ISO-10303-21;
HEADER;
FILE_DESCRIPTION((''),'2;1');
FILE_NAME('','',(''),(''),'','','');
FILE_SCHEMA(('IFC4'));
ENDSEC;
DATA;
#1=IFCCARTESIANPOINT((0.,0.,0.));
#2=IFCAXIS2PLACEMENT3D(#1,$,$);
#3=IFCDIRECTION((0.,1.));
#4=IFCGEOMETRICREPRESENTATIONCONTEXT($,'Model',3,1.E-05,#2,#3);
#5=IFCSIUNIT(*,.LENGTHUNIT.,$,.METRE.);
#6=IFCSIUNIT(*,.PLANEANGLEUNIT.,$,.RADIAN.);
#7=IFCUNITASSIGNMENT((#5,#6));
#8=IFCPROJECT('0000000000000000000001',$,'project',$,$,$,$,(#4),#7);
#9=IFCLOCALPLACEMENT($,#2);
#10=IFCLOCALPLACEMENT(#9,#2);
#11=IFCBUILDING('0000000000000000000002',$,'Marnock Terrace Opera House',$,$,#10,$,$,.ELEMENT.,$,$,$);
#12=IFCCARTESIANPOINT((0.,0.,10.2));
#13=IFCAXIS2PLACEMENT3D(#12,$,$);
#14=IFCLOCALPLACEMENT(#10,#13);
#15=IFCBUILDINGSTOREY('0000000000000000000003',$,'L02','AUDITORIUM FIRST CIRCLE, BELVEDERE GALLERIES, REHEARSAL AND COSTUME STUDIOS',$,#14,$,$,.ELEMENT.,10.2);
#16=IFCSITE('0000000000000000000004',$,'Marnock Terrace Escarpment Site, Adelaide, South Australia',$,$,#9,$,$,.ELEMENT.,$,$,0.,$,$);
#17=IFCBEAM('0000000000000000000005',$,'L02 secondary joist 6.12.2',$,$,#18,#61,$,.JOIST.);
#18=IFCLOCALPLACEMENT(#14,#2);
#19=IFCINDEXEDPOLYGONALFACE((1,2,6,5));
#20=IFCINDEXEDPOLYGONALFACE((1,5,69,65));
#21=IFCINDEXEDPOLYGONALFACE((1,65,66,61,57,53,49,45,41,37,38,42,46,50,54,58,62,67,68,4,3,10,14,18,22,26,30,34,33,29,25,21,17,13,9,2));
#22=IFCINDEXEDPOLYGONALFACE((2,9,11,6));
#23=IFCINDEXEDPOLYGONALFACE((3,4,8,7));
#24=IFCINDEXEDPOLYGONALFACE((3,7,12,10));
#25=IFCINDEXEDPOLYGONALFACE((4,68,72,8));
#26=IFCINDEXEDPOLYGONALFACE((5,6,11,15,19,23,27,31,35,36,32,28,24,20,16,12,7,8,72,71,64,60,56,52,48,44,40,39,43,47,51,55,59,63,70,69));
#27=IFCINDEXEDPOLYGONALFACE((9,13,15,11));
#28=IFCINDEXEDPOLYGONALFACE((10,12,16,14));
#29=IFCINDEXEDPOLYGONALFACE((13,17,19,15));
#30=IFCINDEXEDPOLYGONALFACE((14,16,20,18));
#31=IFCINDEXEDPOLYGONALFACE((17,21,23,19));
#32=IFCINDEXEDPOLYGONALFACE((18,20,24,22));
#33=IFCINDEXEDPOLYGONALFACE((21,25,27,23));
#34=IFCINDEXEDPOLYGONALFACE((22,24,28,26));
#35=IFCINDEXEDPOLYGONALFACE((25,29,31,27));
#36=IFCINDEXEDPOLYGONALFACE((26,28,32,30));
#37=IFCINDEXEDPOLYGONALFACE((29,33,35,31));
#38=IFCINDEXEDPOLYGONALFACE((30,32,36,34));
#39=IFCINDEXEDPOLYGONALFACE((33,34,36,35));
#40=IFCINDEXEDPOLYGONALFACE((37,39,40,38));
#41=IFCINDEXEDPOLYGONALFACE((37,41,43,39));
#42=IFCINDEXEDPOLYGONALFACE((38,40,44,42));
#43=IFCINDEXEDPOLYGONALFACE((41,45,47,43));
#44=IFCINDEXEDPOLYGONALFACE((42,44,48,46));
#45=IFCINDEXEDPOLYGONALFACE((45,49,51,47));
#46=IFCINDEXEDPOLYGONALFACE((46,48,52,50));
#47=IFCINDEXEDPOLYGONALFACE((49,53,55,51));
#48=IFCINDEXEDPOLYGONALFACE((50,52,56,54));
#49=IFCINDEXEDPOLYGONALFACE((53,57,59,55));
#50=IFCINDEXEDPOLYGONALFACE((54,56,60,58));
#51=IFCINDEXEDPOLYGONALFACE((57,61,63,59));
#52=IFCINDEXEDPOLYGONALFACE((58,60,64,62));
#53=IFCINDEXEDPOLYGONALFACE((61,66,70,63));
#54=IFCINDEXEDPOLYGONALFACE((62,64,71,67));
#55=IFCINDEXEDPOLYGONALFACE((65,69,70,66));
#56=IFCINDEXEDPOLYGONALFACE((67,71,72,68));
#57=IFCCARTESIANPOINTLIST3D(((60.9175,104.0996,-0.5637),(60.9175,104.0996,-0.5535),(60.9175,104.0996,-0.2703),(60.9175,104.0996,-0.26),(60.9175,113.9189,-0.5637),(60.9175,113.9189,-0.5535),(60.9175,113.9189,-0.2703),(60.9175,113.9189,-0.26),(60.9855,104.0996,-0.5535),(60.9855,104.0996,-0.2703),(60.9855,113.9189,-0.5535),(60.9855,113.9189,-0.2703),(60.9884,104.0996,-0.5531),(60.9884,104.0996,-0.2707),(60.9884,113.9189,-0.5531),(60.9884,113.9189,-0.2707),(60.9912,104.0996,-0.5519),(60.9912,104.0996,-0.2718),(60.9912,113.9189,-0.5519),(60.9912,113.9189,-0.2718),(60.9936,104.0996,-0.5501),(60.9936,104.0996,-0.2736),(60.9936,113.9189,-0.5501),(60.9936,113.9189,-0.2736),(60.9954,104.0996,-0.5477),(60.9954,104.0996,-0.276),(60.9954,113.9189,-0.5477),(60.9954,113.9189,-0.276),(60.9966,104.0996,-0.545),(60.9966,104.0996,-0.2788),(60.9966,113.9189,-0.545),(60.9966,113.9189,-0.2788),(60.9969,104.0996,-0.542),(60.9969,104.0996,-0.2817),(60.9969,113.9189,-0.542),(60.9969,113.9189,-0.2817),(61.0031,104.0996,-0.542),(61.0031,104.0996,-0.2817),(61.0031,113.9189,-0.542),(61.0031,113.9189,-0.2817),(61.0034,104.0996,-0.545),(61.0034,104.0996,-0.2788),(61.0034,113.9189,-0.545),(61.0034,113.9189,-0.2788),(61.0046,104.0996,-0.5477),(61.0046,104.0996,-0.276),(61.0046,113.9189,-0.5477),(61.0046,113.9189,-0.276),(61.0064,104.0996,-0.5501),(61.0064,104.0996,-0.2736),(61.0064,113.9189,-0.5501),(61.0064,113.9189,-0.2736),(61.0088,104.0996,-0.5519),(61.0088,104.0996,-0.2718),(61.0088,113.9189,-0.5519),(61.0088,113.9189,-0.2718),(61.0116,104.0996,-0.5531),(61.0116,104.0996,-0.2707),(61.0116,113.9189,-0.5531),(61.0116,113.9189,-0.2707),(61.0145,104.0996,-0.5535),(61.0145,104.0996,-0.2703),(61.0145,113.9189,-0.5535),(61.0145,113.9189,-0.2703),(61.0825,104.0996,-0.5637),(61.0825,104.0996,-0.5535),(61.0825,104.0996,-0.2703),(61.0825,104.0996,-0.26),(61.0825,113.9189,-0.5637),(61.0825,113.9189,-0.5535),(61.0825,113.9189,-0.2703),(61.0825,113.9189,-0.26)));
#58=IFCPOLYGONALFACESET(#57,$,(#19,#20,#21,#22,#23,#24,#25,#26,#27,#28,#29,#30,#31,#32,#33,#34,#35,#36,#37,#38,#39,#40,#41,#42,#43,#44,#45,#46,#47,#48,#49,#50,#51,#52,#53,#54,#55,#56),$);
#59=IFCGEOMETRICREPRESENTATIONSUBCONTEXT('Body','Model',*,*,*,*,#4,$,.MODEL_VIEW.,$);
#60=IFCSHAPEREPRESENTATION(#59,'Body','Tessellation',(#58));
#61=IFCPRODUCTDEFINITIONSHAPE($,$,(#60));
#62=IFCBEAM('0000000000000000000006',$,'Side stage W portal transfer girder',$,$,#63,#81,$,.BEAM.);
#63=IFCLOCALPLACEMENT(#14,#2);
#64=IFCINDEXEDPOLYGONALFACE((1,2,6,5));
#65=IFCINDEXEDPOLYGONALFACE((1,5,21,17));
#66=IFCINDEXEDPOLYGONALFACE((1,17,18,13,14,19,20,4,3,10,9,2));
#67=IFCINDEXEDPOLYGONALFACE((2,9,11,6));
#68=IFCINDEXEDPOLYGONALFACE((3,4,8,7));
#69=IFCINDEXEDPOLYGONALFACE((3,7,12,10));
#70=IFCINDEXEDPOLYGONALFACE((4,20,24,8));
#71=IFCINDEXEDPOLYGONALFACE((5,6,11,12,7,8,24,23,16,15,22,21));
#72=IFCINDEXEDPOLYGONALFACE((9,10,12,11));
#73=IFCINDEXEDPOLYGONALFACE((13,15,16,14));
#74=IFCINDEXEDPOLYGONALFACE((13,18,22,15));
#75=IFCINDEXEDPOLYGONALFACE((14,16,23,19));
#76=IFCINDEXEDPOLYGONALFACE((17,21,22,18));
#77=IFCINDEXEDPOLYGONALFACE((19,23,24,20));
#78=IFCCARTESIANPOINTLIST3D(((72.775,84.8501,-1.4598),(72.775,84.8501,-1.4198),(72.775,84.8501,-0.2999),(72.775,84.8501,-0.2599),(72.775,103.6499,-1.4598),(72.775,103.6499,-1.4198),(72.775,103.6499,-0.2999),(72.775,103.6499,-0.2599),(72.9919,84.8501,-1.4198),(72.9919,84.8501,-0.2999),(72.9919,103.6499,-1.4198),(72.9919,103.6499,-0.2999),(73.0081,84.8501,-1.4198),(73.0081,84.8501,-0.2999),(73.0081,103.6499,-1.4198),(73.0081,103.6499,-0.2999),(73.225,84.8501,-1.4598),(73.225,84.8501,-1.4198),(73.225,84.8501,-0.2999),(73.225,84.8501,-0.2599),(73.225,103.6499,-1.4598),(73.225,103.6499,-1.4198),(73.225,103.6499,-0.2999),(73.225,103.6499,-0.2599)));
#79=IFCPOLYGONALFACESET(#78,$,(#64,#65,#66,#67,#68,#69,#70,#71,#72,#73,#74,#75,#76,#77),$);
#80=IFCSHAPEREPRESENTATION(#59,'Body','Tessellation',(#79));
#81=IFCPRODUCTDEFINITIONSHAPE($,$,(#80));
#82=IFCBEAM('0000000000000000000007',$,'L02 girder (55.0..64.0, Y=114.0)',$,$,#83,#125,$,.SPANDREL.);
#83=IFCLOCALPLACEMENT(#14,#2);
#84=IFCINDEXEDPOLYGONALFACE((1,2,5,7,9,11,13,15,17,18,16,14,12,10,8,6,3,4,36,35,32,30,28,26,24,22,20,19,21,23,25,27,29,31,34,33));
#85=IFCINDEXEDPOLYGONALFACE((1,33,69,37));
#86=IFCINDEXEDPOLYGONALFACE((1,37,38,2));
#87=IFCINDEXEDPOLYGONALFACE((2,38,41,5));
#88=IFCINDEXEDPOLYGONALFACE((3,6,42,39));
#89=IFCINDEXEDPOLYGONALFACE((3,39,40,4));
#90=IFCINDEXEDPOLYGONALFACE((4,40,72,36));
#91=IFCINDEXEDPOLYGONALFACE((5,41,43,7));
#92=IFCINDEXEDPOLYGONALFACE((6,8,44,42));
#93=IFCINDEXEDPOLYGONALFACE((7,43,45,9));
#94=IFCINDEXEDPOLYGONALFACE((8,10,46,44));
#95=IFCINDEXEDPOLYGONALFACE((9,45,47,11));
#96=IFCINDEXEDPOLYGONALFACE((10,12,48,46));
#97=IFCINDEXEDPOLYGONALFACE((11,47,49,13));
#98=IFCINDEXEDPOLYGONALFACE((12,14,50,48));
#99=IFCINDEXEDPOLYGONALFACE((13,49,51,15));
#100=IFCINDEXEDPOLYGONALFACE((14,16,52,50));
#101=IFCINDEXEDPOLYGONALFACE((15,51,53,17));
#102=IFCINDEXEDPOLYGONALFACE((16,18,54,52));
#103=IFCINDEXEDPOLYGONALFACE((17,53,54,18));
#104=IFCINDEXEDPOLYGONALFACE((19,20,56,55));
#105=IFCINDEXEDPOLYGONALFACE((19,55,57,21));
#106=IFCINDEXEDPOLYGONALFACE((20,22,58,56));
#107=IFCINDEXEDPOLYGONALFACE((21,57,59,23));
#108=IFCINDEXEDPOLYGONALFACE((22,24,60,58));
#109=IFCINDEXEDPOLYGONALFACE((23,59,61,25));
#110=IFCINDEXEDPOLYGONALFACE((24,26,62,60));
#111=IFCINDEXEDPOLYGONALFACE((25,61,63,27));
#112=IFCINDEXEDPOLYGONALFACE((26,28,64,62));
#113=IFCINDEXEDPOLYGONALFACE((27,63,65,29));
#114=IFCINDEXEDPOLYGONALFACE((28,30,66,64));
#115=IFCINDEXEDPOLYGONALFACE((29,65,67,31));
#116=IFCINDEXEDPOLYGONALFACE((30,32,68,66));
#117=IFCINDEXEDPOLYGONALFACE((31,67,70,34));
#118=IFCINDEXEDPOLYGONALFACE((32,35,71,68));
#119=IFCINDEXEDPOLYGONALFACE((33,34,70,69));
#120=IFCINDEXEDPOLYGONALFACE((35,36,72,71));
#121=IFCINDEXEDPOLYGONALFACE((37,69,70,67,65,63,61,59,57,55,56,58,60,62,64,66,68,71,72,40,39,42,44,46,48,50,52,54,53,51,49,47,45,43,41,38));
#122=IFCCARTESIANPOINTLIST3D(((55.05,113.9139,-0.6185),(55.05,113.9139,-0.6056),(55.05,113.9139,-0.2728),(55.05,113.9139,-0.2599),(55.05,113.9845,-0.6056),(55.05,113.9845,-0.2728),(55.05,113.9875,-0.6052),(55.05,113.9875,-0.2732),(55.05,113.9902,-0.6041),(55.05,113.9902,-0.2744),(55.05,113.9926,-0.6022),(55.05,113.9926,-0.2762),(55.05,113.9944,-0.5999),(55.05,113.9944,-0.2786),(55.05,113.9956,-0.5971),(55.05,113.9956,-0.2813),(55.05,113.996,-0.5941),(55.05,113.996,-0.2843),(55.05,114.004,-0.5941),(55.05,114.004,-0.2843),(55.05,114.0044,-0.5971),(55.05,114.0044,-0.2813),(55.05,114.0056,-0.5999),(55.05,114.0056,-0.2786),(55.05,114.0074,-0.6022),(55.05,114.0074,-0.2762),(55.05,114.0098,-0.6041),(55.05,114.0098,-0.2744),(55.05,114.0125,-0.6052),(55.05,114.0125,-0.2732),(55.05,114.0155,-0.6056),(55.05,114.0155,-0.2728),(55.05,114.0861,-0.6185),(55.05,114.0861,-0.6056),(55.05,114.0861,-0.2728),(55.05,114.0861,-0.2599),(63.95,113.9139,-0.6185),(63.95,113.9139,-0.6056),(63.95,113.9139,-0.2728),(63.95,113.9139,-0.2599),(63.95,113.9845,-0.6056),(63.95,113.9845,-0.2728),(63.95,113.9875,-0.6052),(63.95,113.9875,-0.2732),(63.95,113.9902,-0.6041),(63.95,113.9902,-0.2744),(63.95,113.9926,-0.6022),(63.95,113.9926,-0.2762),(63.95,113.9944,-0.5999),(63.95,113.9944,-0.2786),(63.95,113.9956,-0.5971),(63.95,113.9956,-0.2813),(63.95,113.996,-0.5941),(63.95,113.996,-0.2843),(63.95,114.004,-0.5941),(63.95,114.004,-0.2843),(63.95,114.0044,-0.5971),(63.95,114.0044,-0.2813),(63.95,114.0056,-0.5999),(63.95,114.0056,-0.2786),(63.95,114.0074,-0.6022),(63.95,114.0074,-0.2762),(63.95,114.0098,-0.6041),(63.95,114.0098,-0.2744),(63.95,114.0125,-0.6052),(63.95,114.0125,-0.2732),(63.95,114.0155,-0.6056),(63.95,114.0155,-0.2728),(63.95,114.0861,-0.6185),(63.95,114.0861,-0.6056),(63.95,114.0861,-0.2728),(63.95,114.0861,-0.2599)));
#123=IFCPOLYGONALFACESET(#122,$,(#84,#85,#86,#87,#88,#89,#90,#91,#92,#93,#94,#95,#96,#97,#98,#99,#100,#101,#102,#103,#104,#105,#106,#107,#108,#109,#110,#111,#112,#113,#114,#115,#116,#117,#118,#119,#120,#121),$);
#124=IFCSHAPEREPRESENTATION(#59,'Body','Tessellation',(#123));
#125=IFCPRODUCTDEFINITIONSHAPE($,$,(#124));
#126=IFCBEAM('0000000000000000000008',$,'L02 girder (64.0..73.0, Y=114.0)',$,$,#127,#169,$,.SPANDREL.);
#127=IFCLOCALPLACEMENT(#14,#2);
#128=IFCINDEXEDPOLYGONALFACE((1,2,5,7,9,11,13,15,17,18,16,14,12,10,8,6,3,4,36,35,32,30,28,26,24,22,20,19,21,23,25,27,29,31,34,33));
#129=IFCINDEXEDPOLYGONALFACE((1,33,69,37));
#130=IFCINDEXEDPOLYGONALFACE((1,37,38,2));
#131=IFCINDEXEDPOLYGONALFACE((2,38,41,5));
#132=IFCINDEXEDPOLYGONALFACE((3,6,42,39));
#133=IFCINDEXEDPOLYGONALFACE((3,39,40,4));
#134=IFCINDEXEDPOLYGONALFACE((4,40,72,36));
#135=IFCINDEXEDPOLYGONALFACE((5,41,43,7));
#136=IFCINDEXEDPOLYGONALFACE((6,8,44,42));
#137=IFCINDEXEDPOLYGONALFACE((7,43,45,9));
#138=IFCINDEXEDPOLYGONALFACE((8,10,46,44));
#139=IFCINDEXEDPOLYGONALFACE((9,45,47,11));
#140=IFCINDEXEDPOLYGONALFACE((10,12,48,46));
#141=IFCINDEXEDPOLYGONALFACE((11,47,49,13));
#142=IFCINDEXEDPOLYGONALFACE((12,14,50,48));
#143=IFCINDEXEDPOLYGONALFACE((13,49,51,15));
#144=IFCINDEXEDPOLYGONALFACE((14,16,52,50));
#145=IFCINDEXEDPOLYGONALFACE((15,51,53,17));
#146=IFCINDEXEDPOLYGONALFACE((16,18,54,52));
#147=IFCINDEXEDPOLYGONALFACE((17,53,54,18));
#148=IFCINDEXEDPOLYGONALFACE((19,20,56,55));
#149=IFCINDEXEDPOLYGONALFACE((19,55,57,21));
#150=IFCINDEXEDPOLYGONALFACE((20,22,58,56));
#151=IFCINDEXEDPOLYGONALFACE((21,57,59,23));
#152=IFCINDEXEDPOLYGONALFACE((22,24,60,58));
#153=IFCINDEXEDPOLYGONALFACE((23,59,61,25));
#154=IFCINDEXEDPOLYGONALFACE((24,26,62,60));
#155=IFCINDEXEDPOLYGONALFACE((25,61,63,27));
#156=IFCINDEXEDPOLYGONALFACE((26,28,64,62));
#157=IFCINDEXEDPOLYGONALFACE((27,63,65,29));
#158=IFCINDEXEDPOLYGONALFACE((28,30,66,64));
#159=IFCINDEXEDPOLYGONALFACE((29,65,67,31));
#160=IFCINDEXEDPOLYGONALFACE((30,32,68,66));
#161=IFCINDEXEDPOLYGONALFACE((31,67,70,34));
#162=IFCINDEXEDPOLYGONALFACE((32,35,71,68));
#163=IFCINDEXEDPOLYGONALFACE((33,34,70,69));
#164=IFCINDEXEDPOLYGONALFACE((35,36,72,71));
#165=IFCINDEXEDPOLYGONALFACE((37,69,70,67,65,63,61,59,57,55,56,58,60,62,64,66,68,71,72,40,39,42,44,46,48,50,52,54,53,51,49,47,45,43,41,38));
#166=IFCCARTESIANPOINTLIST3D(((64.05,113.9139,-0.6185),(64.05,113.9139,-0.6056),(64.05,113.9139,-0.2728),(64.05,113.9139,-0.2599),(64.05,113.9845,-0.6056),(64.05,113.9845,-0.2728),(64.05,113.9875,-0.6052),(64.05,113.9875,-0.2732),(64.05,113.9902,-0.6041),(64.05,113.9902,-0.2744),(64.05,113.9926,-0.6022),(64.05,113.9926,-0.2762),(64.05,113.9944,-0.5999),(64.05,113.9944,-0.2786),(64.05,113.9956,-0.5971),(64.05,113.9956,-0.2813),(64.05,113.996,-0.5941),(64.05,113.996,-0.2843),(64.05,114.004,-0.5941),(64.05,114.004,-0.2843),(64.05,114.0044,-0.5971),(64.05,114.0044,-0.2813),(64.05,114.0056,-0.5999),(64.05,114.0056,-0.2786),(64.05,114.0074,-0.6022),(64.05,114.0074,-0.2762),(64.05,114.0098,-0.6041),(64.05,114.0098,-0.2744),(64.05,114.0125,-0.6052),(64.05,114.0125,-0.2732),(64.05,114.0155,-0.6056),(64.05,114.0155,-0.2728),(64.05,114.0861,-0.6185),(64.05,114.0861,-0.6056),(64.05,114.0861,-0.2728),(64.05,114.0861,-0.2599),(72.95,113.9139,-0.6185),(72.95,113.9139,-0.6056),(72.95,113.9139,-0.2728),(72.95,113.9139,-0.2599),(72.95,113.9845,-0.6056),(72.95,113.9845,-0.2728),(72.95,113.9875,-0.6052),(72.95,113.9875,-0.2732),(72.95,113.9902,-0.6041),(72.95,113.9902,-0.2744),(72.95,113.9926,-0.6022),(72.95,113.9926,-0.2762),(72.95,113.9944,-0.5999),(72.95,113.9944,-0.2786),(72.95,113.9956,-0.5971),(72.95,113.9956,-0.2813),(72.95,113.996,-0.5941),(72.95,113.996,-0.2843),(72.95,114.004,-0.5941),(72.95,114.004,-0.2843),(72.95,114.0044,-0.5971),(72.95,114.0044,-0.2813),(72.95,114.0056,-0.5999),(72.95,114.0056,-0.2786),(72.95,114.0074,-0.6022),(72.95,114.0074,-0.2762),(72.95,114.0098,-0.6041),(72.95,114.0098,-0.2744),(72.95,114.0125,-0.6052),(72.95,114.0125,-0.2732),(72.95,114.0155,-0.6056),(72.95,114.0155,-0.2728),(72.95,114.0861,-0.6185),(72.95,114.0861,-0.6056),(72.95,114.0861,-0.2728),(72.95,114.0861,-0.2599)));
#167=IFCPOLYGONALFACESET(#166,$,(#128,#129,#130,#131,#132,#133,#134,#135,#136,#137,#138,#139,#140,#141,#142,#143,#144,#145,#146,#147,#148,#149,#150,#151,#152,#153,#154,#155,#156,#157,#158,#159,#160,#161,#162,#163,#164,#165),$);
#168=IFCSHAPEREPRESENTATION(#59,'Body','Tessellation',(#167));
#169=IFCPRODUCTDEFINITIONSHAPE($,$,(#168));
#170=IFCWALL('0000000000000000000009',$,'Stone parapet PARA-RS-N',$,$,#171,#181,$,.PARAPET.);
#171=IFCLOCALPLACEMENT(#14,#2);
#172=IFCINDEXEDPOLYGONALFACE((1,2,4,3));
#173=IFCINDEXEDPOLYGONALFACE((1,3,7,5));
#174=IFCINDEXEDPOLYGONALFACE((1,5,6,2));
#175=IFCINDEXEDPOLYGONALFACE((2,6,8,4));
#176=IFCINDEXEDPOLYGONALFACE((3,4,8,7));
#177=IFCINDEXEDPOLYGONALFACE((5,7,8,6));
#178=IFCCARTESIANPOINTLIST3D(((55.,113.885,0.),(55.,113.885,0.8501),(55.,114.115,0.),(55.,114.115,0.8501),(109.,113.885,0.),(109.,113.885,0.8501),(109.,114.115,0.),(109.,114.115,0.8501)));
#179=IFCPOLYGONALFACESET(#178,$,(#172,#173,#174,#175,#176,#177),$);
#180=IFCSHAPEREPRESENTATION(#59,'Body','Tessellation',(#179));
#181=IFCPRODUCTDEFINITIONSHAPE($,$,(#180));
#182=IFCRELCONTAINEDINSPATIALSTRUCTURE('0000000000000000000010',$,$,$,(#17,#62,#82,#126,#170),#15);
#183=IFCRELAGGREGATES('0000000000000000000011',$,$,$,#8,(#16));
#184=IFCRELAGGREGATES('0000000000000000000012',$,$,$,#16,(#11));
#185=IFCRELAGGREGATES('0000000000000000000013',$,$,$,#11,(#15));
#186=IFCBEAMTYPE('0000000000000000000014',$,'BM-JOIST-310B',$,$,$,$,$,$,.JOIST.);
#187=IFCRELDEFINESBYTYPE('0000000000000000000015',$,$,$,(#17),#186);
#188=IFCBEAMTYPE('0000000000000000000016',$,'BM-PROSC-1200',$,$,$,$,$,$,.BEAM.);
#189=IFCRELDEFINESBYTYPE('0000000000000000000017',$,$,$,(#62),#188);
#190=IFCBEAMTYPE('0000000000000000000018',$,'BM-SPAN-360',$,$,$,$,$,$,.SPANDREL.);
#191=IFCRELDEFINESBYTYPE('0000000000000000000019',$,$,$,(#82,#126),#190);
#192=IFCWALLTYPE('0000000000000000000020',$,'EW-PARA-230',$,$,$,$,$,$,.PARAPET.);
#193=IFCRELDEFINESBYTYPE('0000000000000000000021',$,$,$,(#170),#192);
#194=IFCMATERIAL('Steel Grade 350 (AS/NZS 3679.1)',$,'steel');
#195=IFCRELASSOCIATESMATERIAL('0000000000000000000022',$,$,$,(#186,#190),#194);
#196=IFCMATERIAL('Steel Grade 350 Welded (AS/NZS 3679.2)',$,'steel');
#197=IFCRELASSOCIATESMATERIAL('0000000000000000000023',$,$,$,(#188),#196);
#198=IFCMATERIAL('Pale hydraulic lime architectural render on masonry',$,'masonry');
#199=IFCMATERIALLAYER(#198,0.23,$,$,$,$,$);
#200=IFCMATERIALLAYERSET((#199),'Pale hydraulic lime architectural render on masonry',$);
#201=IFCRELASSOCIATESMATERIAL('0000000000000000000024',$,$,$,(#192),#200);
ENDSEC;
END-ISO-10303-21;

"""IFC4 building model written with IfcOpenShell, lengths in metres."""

from ifc_helpers import new_model, si_unit, direction, frame, frame_2d, origin, origin_2d, place, context, subcontext, project, spatial, rectangle, i_section, extrude, material, layer, layer_set, material_profile, profile_set, type_object, element, save


model = new_model("IFC4")

# Units and contexts
model_context = context("Model", 3, precision=1e-05, world=origin(), true_north=direction((0.0, 1.0)))
body_context = subcontext(model_context, "Body", "Model", "MODEL_VIEW")
ifc_project = project(units=[si_unit("LENGTHUNIT", "METRE"), si_unit("PLANEANGLEUNIT", "RADIAN")], contexts=[model_context])

# Site, building, storey
site_placement = place(None, origin())
site = spatial("IfcSite", under=ifc_project, at=site_placement, Name="Marnock Terrace Escarpment Site, Adelaide, South Australia", CompositionType="ELEMENT", RefElevation=0.0)
building_placement = place(site_placement, origin())
building = spatial("IfcBuilding", under=site, at=building_placement, Name="Marnock Terrace Opera House", CompositionType="ELEMENT")
storey_placement = place(building_placement, frame((0.0, 0.0, 10.2)))
storey = spatial("IfcBuildingStorey", under=building, at=storey_placement, Name="L02", Description="AUDITORIUM FIRST CIRCLE, BELVEDERE GALLERIES, REHEARSAL AND COSTUME STUDIOS", CompositionType="ELEMENT", Elevation=10.2)

# Beams
ifc_material_1 = material(Name="Steel Grade 350 (AS/NZS 3679.1)", Category="steel")
ifc_material_profile_1 = material_profile(ifc_material_1, i_section(OverallWidth=0.165, OverallDepth=0.3037, WebThickness=0.0061, FlangeThickness=0.0103, FilletRadius=0.0115, at=origin_2d()))
ifc_profile_set_1 = profile_set([ifc_material_profile_1], Name="Steel Grade 350 (AS/NZS 3679.1)")
beam_type_1 = type_object("IfcBeamType", Name="BM-JOIST-310B", PredefinedType="JOIST", material=ifc_profile_set_1)
for number, where, z_axis, x_axis, name in (
    (1, (61.0, 104.0996, -0.4119), (0.0, 1.0, 0.0), (-1.0, 0.0, 0.0), "L02 secondary joist 6.12.2"),
):
    element("IfcBeam", number, at=place(storey_placement, frame(where, z_axis=z_axis, x_axis=x_axis)), inside=storey, type_object=beam_type_1, Name=name, PredefinedType="JOIST", context=body_context, shape_type="SweptSolid", body=[
        extrude(i_section(OverallWidth=0.165, OverallDepth=0.3037, WebThickness=0.0061, FlangeThickness=0.0103, FilletRadius=0.0115, at=origin_2d()), origin(), (0.0, 0.0, 1.0), 9.8193),
    ])
ifc_material_2 = material(Name="Steel Grade 350 Welded (AS/NZS 3679.2)", Category="steel")
ifc_material_profile_2 = material_profile(ifc_material_2, i_section(OverallWidth=0.45, OverallDepth=1.2, WebThickness=0.0161, FlangeThickness=0.04, at=origin_2d()))
ifc_profile_set_2 = profile_set([ifc_material_profile_2], Name="Steel Grade 350 Welded (AS/NZS 3679.2)")
beam_type_2 = type_object("IfcBeamType", Name="BM-PROSC-1200", PredefinedType="BEAM", material=ifc_profile_set_2)
beam_1_placement = place(storey_placement, frame((73.0, 84.8501, -0.8599), z_axis=(0.0, 1.0, 0.0), x_axis=(-1.0, 0.0, 0.0)))
element("IfcBeam", 2, at=beam_1_placement, inside=storey, type_object=beam_type_2, Name="Side stage W portal transfer girder", PredefinedType="BEAM", context=body_context, shape_type="SweptSolid", body=[
    extrude(i_section(OverallWidth=0.45, OverallDepth=1.2, WebThickness=0.0161, FlangeThickness=0.04, at=origin_2d()), origin(), (0.0, 0.0, 1.0), 18.7998),
])
ifc_material_profile_3 = material_profile(ifc_material_1, i_section(OverallWidth=0.1721, OverallDepth=0.3586, WebThickness=0.0081, FlangeThickness=0.0129, FilletRadius=0.0115, at=origin_2d()))
ifc_profile_set_3 = profile_set([ifc_material_profile_3], Name="Steel Grade 350 (AS/NZS 3679.1)")
beam_type_3 = type_object("IfcBeamType", Name="BM-SPAN-360", PredefinedType="SPANDREL", material=ifc_profile_set_3)
for number, where, z_axis, x_axis, name in (
    (3, (55.05, 114.0, -0.4392), (1.0, 0.0, 0.0), (0.0, 1.0, 0.0), "L02 girder (55.0..64.0, Y=114.0)"),
    (4, (64.05, 114.0, -0.4392), (1.0, 0.0, 0.0), (0.0, 1.0, 0.0), "L02 girder (64.0..73.0, Y=114.0)"),
):
    element("IfcBeam", number, at=place(storey_placement, frame(where, z_axis=z_axis, x_axis=x_axis)), inside=storey, type_object=beam_type_3, Name=name, PredefinedType="SPANDREL", context=body_context, shape_type="SweptSolid", body=[
        extrude(i_section(OverallWidth=0.1721, OverallDepth=0.3586, WebThickness=0.0081, FlangeThickness=0.0129, FilletRadius=0.0115, at=origin_2d()), origin(), (0.0, 0.0, 1.0), 8.8999),
    ])

# Wall
ifc_material_3 = material(Name="Pale hydraulic lime architectural render on masonry", Category="masonry")
ifc_layer_1 = layer(ifc_material_3, 0.23)
ifc_layer_set_1 = layer_set([ifc_layer_1], Name="Pale hydraulic lime architectural render on masonry")
wall_type_1 = type_object("IfcWallType", Name="EW-PARA-230", PredefinedType="PARAPET", material=ifc_layer_set_1)
wall_1_placement = place(storey_placement, frame((55.0, 114.0, 0.0), z_axis=(0.0, 0.0, 1.0), x_axis=(1.0, 0.0, 0.0)))
element("IfcWall", 5, at=wall_1_placement, inside=storey, type_object=wall_type_1, Name="Stone parapet PARA-RS-N", PredefinedType="PARAPET", context=body_context, shape_type="SweptSolid", body=[
    extrude(rectangle(XDim=54.0, YDim=0.23, at=frame_2d((27.0, 0.0))), origin(), (0.0, 0.0, 1.0), 0.8501),
])

save(model, "model.ifc")
